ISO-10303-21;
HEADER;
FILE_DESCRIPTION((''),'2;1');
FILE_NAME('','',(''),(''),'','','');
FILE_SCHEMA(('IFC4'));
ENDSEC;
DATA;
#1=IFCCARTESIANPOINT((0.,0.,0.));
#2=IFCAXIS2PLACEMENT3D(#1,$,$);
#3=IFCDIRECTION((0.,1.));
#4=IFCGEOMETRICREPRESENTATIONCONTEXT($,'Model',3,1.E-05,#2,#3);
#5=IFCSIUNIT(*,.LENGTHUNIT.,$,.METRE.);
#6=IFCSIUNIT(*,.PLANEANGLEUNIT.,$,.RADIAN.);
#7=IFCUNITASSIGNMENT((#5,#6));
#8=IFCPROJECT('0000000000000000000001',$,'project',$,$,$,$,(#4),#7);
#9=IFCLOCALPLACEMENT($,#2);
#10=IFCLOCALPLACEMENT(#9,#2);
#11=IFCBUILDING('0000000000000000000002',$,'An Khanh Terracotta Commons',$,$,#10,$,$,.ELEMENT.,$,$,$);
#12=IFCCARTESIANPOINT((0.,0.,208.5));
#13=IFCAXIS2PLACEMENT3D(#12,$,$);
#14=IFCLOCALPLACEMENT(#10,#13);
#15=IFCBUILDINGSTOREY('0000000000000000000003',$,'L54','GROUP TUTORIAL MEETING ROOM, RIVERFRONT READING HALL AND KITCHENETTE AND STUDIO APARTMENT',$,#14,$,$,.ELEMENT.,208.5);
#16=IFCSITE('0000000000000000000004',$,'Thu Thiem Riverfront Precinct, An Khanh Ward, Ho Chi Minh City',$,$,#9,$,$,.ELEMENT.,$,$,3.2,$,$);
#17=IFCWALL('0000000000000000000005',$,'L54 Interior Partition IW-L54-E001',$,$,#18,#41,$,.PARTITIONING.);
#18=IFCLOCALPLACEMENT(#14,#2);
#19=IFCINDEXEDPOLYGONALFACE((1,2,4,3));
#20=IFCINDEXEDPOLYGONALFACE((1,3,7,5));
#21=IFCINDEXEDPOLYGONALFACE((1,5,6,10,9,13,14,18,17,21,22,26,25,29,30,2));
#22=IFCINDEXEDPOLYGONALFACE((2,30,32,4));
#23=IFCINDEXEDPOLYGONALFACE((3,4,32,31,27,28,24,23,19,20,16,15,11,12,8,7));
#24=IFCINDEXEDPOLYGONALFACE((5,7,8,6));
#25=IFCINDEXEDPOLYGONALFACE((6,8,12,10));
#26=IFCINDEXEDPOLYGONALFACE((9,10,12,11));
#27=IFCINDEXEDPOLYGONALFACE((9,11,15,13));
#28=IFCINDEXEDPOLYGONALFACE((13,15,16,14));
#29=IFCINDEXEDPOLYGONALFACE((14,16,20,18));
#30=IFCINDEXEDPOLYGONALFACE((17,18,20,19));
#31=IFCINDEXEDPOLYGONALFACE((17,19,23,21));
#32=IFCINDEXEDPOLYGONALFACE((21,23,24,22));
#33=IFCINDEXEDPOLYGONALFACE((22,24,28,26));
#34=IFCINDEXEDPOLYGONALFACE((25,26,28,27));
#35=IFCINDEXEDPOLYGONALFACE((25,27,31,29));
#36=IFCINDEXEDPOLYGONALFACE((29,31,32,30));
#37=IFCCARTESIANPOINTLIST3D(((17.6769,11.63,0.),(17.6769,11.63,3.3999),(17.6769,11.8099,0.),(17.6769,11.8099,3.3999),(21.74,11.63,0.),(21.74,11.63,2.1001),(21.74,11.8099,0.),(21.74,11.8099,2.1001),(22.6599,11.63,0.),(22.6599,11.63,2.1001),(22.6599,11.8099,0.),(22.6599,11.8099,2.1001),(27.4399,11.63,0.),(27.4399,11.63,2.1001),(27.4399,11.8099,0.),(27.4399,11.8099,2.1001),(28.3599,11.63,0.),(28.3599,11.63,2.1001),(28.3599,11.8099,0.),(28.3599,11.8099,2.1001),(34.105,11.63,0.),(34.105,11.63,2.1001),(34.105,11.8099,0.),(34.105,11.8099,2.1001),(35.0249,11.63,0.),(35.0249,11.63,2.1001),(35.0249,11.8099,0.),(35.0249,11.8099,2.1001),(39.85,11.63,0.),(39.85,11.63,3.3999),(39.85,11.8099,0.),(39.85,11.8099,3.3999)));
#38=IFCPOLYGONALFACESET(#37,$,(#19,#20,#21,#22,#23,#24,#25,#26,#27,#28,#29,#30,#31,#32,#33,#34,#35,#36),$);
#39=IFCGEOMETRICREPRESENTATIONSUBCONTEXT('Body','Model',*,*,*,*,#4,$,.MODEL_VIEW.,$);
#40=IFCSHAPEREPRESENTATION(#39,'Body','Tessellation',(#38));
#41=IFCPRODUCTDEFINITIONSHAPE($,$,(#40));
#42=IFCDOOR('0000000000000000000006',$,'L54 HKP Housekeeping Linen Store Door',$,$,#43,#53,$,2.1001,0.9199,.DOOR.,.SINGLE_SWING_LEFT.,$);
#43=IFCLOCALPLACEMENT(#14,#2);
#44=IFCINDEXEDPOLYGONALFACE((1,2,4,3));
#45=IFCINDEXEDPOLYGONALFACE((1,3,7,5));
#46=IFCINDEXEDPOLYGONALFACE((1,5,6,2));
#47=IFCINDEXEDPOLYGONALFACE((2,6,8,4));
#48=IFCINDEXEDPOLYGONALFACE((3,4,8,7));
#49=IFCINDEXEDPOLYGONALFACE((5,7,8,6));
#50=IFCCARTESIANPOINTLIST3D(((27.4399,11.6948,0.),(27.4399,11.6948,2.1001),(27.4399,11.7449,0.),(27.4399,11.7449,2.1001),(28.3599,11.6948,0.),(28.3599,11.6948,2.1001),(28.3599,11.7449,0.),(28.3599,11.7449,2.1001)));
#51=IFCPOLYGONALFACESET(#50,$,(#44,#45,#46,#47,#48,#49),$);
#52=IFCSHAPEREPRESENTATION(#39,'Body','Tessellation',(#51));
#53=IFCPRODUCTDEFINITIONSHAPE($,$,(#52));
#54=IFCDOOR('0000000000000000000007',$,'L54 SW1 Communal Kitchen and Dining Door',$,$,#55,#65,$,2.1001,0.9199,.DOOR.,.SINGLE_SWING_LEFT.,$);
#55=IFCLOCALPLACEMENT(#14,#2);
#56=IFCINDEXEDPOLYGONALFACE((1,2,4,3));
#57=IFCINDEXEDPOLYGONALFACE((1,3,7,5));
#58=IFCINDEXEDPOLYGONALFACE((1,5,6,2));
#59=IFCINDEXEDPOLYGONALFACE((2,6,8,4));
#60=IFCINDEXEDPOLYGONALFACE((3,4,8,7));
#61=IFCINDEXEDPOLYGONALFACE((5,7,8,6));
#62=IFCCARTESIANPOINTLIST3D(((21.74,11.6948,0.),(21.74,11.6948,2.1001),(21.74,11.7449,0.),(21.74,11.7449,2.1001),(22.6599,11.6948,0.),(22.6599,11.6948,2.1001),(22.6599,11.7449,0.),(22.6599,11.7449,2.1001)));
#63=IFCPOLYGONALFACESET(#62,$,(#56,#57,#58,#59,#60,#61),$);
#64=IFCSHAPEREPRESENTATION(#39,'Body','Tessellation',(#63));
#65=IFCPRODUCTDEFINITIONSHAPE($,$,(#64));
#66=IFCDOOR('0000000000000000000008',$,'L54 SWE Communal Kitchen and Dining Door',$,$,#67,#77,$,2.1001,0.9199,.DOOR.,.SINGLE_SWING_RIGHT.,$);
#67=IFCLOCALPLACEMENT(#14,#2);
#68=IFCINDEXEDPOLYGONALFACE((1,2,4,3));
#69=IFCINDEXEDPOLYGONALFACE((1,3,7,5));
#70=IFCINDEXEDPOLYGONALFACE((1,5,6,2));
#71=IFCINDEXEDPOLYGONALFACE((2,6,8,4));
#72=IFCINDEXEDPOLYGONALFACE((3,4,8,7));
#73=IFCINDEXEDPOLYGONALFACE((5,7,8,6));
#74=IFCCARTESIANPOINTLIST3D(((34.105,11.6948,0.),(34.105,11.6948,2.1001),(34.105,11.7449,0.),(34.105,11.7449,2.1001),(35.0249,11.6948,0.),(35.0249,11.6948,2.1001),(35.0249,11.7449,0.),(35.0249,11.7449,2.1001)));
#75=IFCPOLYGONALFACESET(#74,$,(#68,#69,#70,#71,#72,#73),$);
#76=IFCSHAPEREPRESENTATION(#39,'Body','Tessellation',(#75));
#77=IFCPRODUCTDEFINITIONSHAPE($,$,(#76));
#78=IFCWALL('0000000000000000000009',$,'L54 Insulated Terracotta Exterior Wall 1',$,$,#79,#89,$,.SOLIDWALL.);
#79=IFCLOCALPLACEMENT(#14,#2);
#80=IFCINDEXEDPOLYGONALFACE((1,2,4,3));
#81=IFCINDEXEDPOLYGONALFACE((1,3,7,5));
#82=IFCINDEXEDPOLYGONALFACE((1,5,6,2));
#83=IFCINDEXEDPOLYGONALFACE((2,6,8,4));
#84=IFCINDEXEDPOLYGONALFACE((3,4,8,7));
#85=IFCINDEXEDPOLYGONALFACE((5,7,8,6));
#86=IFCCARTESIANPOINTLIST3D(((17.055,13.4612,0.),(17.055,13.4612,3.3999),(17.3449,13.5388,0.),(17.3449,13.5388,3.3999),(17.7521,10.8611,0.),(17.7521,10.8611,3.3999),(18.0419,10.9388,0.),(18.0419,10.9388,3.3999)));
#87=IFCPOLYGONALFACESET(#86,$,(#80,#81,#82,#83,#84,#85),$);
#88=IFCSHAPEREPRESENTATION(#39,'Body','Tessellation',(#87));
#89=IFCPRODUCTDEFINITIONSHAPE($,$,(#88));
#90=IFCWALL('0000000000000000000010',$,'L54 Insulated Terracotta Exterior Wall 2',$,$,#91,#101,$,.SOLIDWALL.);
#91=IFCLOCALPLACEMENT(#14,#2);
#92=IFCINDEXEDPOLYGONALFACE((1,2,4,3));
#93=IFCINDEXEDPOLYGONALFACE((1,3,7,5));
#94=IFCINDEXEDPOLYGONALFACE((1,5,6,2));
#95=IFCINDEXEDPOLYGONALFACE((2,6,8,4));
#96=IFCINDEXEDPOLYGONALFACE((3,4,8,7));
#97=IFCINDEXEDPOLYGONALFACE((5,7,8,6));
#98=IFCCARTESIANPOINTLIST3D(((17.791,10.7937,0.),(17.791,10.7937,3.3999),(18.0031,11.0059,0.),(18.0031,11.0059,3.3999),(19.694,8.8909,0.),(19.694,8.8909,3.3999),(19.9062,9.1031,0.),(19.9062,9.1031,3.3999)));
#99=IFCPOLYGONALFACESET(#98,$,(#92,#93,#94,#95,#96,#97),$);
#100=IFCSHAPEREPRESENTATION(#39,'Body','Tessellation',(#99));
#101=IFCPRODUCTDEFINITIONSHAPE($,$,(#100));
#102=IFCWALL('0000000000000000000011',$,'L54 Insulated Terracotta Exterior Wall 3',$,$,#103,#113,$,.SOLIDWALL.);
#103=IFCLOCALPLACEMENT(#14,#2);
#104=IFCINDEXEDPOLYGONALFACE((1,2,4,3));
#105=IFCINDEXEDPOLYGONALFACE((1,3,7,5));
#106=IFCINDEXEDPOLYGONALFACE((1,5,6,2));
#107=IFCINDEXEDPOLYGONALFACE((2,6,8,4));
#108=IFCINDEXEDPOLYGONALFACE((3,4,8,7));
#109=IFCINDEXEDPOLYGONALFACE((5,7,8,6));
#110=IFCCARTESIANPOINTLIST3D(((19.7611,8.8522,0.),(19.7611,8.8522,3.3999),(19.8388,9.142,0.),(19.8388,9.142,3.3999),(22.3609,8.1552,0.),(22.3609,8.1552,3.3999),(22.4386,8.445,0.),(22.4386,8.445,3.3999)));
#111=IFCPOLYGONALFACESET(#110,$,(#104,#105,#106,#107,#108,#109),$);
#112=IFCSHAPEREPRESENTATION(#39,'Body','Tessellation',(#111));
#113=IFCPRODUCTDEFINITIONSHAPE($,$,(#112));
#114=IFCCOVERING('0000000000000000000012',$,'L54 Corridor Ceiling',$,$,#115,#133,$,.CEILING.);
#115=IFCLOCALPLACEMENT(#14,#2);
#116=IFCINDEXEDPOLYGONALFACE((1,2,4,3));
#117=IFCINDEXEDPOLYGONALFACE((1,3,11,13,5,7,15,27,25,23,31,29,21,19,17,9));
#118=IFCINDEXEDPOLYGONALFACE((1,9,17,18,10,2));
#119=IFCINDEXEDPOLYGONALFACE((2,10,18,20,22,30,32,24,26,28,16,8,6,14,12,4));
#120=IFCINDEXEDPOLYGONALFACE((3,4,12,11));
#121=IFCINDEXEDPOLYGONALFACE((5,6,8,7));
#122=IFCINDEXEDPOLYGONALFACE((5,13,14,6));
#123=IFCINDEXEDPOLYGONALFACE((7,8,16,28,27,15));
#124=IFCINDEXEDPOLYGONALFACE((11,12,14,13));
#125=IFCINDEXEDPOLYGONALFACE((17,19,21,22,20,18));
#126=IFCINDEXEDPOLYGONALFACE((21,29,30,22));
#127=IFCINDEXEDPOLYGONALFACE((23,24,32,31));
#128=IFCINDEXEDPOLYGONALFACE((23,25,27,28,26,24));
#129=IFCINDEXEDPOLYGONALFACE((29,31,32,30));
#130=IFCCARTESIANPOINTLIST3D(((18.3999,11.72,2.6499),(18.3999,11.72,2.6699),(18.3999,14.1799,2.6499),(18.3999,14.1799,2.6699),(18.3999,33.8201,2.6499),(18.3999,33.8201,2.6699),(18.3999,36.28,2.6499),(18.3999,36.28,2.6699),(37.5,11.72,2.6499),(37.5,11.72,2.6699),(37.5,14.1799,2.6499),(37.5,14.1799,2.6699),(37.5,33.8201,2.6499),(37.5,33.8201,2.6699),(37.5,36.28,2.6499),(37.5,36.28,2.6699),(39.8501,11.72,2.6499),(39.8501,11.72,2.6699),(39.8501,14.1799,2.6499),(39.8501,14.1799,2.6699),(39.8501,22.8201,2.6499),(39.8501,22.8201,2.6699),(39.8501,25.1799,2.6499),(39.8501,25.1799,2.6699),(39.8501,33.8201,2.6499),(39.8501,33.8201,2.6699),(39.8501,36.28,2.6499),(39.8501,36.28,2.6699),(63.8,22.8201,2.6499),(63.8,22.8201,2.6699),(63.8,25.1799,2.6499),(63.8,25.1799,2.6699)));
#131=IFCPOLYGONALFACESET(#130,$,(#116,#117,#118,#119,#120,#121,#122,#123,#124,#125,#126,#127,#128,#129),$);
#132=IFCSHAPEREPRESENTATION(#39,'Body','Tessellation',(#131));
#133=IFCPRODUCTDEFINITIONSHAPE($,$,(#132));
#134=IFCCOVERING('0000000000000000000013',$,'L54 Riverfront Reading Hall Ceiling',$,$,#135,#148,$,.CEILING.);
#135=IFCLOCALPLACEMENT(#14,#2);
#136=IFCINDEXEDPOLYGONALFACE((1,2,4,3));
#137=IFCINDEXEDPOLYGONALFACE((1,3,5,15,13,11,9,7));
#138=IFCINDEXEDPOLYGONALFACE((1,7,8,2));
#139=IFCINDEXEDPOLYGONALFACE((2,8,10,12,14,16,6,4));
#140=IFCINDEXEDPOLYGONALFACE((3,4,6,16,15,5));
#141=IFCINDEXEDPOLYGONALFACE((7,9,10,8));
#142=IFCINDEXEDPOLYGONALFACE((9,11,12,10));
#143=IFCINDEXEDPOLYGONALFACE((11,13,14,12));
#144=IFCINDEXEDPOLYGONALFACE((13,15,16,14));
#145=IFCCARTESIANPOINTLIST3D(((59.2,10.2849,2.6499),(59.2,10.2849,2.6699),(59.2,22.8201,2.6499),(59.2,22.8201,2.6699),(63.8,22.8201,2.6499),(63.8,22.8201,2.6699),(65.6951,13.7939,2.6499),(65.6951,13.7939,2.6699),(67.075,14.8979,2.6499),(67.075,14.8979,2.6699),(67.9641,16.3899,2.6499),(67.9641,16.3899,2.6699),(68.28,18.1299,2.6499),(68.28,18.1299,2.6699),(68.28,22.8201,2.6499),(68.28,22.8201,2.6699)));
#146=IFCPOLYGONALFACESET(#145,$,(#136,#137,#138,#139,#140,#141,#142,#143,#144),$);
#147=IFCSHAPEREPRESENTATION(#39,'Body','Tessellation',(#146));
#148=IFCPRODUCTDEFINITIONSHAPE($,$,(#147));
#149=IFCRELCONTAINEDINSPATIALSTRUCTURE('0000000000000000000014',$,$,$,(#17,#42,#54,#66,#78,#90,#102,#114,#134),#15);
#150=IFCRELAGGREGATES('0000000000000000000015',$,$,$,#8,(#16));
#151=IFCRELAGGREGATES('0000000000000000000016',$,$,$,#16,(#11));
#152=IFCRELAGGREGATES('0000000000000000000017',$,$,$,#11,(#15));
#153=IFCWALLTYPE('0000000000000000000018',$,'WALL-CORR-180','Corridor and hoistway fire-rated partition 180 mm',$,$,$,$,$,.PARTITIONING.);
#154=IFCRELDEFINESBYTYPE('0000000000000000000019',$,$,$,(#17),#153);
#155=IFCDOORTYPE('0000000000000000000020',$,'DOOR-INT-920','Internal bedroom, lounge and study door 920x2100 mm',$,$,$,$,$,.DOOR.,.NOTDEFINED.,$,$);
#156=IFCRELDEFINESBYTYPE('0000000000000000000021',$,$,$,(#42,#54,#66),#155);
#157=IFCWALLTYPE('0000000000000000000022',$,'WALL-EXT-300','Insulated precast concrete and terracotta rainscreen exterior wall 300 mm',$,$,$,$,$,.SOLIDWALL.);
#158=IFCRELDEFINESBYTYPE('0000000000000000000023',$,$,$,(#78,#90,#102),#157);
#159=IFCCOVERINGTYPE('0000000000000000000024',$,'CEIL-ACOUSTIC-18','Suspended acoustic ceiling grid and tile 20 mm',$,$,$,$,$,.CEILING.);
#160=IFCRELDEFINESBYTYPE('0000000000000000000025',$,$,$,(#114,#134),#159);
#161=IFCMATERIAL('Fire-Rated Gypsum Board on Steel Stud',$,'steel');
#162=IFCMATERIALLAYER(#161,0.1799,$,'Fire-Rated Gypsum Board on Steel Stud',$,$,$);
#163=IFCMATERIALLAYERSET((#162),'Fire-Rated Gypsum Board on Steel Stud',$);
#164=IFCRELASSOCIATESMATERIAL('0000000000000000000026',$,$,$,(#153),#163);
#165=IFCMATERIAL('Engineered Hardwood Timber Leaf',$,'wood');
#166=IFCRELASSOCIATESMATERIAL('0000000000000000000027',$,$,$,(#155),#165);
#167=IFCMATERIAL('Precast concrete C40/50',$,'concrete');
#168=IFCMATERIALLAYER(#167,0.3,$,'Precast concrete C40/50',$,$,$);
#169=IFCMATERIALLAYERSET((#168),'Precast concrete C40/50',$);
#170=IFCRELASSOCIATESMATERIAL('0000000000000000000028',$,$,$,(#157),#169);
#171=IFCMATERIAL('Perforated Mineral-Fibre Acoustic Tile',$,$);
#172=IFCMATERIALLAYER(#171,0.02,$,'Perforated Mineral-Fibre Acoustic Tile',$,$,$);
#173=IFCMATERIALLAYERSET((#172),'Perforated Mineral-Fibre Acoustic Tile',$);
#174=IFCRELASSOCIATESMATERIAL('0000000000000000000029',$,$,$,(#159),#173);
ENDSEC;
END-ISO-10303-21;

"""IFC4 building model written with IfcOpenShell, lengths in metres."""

from ifc_helpers import new_model, si_unit, direction, frame, frame_2d, origin, place, context, subcontext, project, spatial, polyline, rectangle, outline, extrude, material, layer, layer_set, type_object, element, fill, save


model = new_model("IFC4")

# Units and contexts
model_context = context("Model", 3, precision=1e-05, world=origin(), true_north=direction((0.0, 1.0)))
body_context = subcontext(model_context, "Body", "Model", "MODEL_VIEW")
ifc_project = project(units=[si_unit("LENGTHUNIT", "METRE"), si_unit("PLANEANGLEUNIT", "RADIAN")], contexts=[model_context])

# Site, building, storey
site_placement = place(None, origin())
site = spatial("IfcSite", under=ifc_project, at=site_placement, Name="Thu Thiem Riverfront Precinct, An Khanh Ward, Ho Chi Minh City", CompositionType="ELEMENT", RefElevation=3.2)
building_placement = place(site_placement, origin())
building = spatial("IfcBuilding", under=site, at=building_placement, Name="An Khanh Terracotta Commons", CompositionType="ELEMENT")
storey_placement = place(building_placement, frame((0.0, 0.0, 208.5)))
storey = spatial("IfcBuildingStorey", under=building, at=storey_placement, Name="L54", Description="GROUP TUTORIAL MEETING ROOM, RIVERFRONT READING HALL AND KITCHENETTE AND STUDIO APARTMENT", CompositionType="ELEMENT", Elevation=208.5)

# Shared definitions
ifc_material_1 = material(Name="Precast concrete C40/50", Category="concrete")

# Wall, openings, doors
ifc_material_2 = material(Name="Fire-Rated Gypsum Board on Steel Stud", Category="steel")
ifc_layer_1 = layer(ifc_material_2, 0.1799, Name="Fire-Rated Gypsum Board on Steel Stud")
ifc_layer_set_1 = layer_set([ifc_layer_1], Name="Fire-Rated Gypsum Board on Steel Stud")
wall_type_1 = type_object("IfcWallType", Name="WALL-CORR-180", Description="Corridor and hoistway fire-rated partition 180 mm", PredefinedType="PARTITIONING", material=ifc_layer_set_1)
wall_1_placement = place(storey_placement, frame((17.677, 11.72, 0.0), z_axis=(0.0, 0.0, 1.0), x_axis=(1.0, 0.0, 0.0)))
wall_1 = element("IfcWall", 1, at=wall_1_placement, inside=storey, type_object=wall_type_1, Name="L54 Interior Partition IW-L54-E001", PredefinedType="PARTITIONING", context=body_context, shape_type="SweptSolid", body=[
    extrude(rectangle(XDim=22.1731, YDim=0.1799, at=frame_2d((11.0864, 0.0))), origin(), (0.0, 0.0, 1.0), 3.3999),
])
opening_1_placement = place(wall_1_placement, frame((9.7629, 0.0, 0.0)))
opening_1 = element("IfcOpeningElement", 2, at=opening_1_placement, cuts=wall_1, PredefinedType="OPENING", context=body_context, shape_type="SweptSolid", body=[
    extrude(rectangle(XDim=0.9199, YDim=2.1001, at=frame_2d((0.46, 1.05))), frame((0.0, 0.0999, 0.0), z_axis=(0.0, -1.0, 0.0), x_axis=(1.0, 0.0, 0.0)), (0.0, 0.0, 1.0), 0.2),
])
opening_2_placement = place(wall_1_placement, frame((4.063, 0.0, 0.0)))
opening_2 = element("IfcOpeningElement", 3, at=opening_2_placement, cuts=wall_1, PredefinedType="OPENING", context=body_context, shape_type="SweptSolid", body=[
    extrude(rectangle(XDim=0.9199, YDim=2.1001, at=frame_2d((0.46, 1.05))), frame((0.0, 0.0999, 0.0), z_axis=(0.0, -1.0, 0.0), x_axis=(1.0, 0.0, 0.0)), (0.0, 0.0, 1.0), 0.2),
])
opening_3_placement = place(wall_1_placement, frame((16.428, 0.0, 0.0)))
opening_3 = element("IfcOpeningElement", 4, at=opening_3_placement, cuts=wall_1, PredefinedType="OPENING", context=body_context, shape_type="SweptSolid", body=[
    extrude(rectangle(XDim=0.9199, YDim=2.1001, at=frame_2d((0.46, 1.05))), frame((0.0, 0.0999, 0.0), z_axis=(0.0, -1.0, 0.0), x_axis=(1.0, 0.0, 0.0)), (0.0, 0.0, 1.0), 0.2),
])
ifc_material_3 = material(Name="Engineered Hardwood Timber Leaf", Category="wood")
door_type = type_object("IfcDoorType", Name="DOOR-INT-920", Description="Internal bedroom, lounge and study door 920x2100 mm", OperationType="NOTDEFINED", PredefinedType="DOOR", material=ifc_material_3)
door_1_placement = place(opening_1_placement, origin())
door_1 = element("IfcDoor", 5, at=door_1_placement, inside=storey, type_object=door_type, Name="L54 HKP Housekeeping Linen Store Door", OperationType="SINGLE_SWING_LEFT", OverallHeight=2.1001, OverallWidth=0.9199, PredefinedType="DOOR", context=body_context, shape_type="SweptSolid", body=[
    extrude(rectangle(XDim=0.9199, YDim=2.1001, at=frame_2d((0.46, 1.05))), frame((0.0, 0.0249, 0.0), z_axis=(0.0, -1.0, 0.0), x_axis=(1.0, 0.0, 0.0)), (0.0, 0.0, 1.0), 0.05),
])
fill(opening_1, door_1)
door_2_placement = place(opening_2_placement, origin())
door_2 = element("IfcDoor", 6, at=door_2_placement, inside=storey, type_object=door_type, Name="L54 SW1 Communal Kitchen and Dining Door", OperationType="SINGLE_SWING_LEFT", OverallHeight=2.1001, OverallWidth=0.9199, PredefinedType="DOOR", context=body_context, shape_type="SweptSolid", body=[
    extrude(rectangle(XDim=0.9199, YDim=2.1001, at=frame_2d((0.46, 1.05))), frame((0.0, 0.0249, 0.0), z_axis=(0.0, -1.0, 0.0), x_axis=(1.0, 0.0, 0.0)), (0.0, 0.0, 1.0), 0.05),
])
fill(opening_2, door_2)
door_3_placement = place(opening_3_placement, origin())
door_3 = element("IfcDoor", 7, at=door_3_placement, inside=storey, type_object=door_type, Name="L54 SWE Communal Kitchen and Dining Door", OperationType="SINGLE_SWING_RIGHT", OverallHeight=2.1001, OverallWidth=0.9199, PredefinedType="DOOR", context=body_context, shape_type="SweptSolid", body=[
    extrude(rectangle(XDim=0.9199, YDim=2.1001, at=frame_2d((0.46, 1.05))), frame((0.0, 0.0249, 0.0), z_axis=(0.0, -1.0, 0.0), x_axis=(1.0, 0.0, 0.0)), (0.0, 0.0, 1.0), 0.05),
])
fill(opening_3, door_3)

# Walls
ifc_layer_2 = layer(ifc_material_1, 0.3, Name="Precast concrete C40/50")
ifc_layer_set_2 = layer_set([ifc_layer_2], Name="Precast concrete C40/50")
wall_type_2 = type_object("IfcWallType", Name="WALL-EXT-300", Description="Insulated precast concrete and terracotta rainscreen exterior wall 300 mm", PredefinedType="SOLIDWALL", material=ifc_layer_set_2)
wall_2_placement = place(storey_placement, frame((17.2, 13.5, 0.0), z_axis=(0.0, 0.0, 1.0), x_axis=(0.258933, -0.965895, 0.0)))
element("IfcWall", 8, at=wall_2_placement, inside=storey, type_object=wall_type_2, Name="L54 Insulated Terracotta Exterior Wall 1", PredefinedType="SOLIDWALL", context=body_context, shape_type="SweptSolid", body=[
    extrude(rectangle(XDim=2.6919, YDim=0.3, at=frame_2d((1.3459, 0.0))), origin(), (0.0, 0.0, 1.0), 3.3999),
])
wall_3_placement = place(storey_placement, frame((17.897, 10.8999, 0.0), z_axis=(0.0, 0.0, 1.0), x_axis=(0.707152, -0.707061, 0.0)))
element("IfcWall", 9, at=wall_3_placement, inside=storey, type_object=wall_type_2, Name="L54 Insulated Terracotta Exterior Wall 2", PredefinedType="SOLIDWALL", context=body_context, shape_type="SweptSolid", body=[
    extrude(rectangle(XDim=2.6912, YDim=0.3, at=frame_2d((1.3457, 0.0))), origin(), (0.0, 0.0, 1.0), 3.3999),
])
wall_4_placement = place(storey_placement, frame((19.8, 8.9971, 0.0), z_axis=(0.0, 0.0, 1.0), x_axis=(0.965889, -0.258955, 0.0)))
element("IfcWall", 10, at=wall_4_placement, inside=storey, type_object=wall_type_2, Name="L54 Insulated Terracotta Exterior Wall 3", PredefinedType="SOLIDWALL", context=body_context, shape_type="SweptSolid", body=[
    extrude(rectangle(XDim=2.6917, YDim=0.3, at=frame_2d((1.3457, 0.0))), origin(), (0.0, 0.0, 1.0), 3.3999),
])

# Coverings
ifc_material_4 = material(Name="Perforated Mineral-Fibre Acoustic Tile")
ifc_layer_3 = layer(ifc_material_4, 0.02, Name="Perforated Mineral-Fibre Acoustic Tile")
ifc_layer_set_3 = layer_set([ifc_layer_3], Name="Perforated Mineral-Fibre Acoustic Tile")
covering_type = type_object("IfcCoveringType", Name="CEIL-ACOUSTIC-18", Description="Suspended acoustic ceiling grid and tile 20 mm", PredefinedType="CEILING", material=ifc_layer_set_3)
covering_1_placement = place(storey_placement, frame((0.0, 0.0, 2.6499)))
element("IfcCovering", 11, at=covering_1_placement, inside=storey, type_object=covering_type, Name="L54 Corridor Ceiling", PredefinedType="CEILING", context=body_context, shape_type="SweptSolid", body=[
    extrude(outline(polyline([(18.3999, 11.72), (18.3999, 14.1799), (37.5, 14.1799), (37.5, 33.8201), (18.3999, 33.8201), (18.3999, 36.28), (37.5, 36.28), (39.8501, 36.28), (39.8501, 33.8201), (39.8501, 25.1799), (63.8, 25.1799), (63.8, 22.8201), (39.8501, 22.8201), (39.8501, 14.1799), (39.8501, 11.72), (37.5, 11.72), (18.3999, 11.72)])), origin(), (0.0, 0.0, 1.0), 0.02),
])
covering_2_placement = place(storey_placement, frame((0.0, 0.0, 2.6499)))
element("IfcCovering", 12, at=covering_2_placement, inside=storey, type_object=covering_type, Name="L54 Riverfront Reading Hall Ceiling", PredefinedType="CEILING", context=body_context, shape_type="SweptSolid", body=[
    extrude(outline(polyline([(68.28, 18.1299), (67.9641, 16.3899), (67.075, 14.8979), (65.6951, 13.7939), (59.2, 10.2849), (59.2, 22.8201), (63.8, 22.8201), (68.28, 22.8201), (68.28, 18.1299)])), origin(), (0.0, 0.0, 1.0), 0.02),
])

save(model, "model.ifc")
